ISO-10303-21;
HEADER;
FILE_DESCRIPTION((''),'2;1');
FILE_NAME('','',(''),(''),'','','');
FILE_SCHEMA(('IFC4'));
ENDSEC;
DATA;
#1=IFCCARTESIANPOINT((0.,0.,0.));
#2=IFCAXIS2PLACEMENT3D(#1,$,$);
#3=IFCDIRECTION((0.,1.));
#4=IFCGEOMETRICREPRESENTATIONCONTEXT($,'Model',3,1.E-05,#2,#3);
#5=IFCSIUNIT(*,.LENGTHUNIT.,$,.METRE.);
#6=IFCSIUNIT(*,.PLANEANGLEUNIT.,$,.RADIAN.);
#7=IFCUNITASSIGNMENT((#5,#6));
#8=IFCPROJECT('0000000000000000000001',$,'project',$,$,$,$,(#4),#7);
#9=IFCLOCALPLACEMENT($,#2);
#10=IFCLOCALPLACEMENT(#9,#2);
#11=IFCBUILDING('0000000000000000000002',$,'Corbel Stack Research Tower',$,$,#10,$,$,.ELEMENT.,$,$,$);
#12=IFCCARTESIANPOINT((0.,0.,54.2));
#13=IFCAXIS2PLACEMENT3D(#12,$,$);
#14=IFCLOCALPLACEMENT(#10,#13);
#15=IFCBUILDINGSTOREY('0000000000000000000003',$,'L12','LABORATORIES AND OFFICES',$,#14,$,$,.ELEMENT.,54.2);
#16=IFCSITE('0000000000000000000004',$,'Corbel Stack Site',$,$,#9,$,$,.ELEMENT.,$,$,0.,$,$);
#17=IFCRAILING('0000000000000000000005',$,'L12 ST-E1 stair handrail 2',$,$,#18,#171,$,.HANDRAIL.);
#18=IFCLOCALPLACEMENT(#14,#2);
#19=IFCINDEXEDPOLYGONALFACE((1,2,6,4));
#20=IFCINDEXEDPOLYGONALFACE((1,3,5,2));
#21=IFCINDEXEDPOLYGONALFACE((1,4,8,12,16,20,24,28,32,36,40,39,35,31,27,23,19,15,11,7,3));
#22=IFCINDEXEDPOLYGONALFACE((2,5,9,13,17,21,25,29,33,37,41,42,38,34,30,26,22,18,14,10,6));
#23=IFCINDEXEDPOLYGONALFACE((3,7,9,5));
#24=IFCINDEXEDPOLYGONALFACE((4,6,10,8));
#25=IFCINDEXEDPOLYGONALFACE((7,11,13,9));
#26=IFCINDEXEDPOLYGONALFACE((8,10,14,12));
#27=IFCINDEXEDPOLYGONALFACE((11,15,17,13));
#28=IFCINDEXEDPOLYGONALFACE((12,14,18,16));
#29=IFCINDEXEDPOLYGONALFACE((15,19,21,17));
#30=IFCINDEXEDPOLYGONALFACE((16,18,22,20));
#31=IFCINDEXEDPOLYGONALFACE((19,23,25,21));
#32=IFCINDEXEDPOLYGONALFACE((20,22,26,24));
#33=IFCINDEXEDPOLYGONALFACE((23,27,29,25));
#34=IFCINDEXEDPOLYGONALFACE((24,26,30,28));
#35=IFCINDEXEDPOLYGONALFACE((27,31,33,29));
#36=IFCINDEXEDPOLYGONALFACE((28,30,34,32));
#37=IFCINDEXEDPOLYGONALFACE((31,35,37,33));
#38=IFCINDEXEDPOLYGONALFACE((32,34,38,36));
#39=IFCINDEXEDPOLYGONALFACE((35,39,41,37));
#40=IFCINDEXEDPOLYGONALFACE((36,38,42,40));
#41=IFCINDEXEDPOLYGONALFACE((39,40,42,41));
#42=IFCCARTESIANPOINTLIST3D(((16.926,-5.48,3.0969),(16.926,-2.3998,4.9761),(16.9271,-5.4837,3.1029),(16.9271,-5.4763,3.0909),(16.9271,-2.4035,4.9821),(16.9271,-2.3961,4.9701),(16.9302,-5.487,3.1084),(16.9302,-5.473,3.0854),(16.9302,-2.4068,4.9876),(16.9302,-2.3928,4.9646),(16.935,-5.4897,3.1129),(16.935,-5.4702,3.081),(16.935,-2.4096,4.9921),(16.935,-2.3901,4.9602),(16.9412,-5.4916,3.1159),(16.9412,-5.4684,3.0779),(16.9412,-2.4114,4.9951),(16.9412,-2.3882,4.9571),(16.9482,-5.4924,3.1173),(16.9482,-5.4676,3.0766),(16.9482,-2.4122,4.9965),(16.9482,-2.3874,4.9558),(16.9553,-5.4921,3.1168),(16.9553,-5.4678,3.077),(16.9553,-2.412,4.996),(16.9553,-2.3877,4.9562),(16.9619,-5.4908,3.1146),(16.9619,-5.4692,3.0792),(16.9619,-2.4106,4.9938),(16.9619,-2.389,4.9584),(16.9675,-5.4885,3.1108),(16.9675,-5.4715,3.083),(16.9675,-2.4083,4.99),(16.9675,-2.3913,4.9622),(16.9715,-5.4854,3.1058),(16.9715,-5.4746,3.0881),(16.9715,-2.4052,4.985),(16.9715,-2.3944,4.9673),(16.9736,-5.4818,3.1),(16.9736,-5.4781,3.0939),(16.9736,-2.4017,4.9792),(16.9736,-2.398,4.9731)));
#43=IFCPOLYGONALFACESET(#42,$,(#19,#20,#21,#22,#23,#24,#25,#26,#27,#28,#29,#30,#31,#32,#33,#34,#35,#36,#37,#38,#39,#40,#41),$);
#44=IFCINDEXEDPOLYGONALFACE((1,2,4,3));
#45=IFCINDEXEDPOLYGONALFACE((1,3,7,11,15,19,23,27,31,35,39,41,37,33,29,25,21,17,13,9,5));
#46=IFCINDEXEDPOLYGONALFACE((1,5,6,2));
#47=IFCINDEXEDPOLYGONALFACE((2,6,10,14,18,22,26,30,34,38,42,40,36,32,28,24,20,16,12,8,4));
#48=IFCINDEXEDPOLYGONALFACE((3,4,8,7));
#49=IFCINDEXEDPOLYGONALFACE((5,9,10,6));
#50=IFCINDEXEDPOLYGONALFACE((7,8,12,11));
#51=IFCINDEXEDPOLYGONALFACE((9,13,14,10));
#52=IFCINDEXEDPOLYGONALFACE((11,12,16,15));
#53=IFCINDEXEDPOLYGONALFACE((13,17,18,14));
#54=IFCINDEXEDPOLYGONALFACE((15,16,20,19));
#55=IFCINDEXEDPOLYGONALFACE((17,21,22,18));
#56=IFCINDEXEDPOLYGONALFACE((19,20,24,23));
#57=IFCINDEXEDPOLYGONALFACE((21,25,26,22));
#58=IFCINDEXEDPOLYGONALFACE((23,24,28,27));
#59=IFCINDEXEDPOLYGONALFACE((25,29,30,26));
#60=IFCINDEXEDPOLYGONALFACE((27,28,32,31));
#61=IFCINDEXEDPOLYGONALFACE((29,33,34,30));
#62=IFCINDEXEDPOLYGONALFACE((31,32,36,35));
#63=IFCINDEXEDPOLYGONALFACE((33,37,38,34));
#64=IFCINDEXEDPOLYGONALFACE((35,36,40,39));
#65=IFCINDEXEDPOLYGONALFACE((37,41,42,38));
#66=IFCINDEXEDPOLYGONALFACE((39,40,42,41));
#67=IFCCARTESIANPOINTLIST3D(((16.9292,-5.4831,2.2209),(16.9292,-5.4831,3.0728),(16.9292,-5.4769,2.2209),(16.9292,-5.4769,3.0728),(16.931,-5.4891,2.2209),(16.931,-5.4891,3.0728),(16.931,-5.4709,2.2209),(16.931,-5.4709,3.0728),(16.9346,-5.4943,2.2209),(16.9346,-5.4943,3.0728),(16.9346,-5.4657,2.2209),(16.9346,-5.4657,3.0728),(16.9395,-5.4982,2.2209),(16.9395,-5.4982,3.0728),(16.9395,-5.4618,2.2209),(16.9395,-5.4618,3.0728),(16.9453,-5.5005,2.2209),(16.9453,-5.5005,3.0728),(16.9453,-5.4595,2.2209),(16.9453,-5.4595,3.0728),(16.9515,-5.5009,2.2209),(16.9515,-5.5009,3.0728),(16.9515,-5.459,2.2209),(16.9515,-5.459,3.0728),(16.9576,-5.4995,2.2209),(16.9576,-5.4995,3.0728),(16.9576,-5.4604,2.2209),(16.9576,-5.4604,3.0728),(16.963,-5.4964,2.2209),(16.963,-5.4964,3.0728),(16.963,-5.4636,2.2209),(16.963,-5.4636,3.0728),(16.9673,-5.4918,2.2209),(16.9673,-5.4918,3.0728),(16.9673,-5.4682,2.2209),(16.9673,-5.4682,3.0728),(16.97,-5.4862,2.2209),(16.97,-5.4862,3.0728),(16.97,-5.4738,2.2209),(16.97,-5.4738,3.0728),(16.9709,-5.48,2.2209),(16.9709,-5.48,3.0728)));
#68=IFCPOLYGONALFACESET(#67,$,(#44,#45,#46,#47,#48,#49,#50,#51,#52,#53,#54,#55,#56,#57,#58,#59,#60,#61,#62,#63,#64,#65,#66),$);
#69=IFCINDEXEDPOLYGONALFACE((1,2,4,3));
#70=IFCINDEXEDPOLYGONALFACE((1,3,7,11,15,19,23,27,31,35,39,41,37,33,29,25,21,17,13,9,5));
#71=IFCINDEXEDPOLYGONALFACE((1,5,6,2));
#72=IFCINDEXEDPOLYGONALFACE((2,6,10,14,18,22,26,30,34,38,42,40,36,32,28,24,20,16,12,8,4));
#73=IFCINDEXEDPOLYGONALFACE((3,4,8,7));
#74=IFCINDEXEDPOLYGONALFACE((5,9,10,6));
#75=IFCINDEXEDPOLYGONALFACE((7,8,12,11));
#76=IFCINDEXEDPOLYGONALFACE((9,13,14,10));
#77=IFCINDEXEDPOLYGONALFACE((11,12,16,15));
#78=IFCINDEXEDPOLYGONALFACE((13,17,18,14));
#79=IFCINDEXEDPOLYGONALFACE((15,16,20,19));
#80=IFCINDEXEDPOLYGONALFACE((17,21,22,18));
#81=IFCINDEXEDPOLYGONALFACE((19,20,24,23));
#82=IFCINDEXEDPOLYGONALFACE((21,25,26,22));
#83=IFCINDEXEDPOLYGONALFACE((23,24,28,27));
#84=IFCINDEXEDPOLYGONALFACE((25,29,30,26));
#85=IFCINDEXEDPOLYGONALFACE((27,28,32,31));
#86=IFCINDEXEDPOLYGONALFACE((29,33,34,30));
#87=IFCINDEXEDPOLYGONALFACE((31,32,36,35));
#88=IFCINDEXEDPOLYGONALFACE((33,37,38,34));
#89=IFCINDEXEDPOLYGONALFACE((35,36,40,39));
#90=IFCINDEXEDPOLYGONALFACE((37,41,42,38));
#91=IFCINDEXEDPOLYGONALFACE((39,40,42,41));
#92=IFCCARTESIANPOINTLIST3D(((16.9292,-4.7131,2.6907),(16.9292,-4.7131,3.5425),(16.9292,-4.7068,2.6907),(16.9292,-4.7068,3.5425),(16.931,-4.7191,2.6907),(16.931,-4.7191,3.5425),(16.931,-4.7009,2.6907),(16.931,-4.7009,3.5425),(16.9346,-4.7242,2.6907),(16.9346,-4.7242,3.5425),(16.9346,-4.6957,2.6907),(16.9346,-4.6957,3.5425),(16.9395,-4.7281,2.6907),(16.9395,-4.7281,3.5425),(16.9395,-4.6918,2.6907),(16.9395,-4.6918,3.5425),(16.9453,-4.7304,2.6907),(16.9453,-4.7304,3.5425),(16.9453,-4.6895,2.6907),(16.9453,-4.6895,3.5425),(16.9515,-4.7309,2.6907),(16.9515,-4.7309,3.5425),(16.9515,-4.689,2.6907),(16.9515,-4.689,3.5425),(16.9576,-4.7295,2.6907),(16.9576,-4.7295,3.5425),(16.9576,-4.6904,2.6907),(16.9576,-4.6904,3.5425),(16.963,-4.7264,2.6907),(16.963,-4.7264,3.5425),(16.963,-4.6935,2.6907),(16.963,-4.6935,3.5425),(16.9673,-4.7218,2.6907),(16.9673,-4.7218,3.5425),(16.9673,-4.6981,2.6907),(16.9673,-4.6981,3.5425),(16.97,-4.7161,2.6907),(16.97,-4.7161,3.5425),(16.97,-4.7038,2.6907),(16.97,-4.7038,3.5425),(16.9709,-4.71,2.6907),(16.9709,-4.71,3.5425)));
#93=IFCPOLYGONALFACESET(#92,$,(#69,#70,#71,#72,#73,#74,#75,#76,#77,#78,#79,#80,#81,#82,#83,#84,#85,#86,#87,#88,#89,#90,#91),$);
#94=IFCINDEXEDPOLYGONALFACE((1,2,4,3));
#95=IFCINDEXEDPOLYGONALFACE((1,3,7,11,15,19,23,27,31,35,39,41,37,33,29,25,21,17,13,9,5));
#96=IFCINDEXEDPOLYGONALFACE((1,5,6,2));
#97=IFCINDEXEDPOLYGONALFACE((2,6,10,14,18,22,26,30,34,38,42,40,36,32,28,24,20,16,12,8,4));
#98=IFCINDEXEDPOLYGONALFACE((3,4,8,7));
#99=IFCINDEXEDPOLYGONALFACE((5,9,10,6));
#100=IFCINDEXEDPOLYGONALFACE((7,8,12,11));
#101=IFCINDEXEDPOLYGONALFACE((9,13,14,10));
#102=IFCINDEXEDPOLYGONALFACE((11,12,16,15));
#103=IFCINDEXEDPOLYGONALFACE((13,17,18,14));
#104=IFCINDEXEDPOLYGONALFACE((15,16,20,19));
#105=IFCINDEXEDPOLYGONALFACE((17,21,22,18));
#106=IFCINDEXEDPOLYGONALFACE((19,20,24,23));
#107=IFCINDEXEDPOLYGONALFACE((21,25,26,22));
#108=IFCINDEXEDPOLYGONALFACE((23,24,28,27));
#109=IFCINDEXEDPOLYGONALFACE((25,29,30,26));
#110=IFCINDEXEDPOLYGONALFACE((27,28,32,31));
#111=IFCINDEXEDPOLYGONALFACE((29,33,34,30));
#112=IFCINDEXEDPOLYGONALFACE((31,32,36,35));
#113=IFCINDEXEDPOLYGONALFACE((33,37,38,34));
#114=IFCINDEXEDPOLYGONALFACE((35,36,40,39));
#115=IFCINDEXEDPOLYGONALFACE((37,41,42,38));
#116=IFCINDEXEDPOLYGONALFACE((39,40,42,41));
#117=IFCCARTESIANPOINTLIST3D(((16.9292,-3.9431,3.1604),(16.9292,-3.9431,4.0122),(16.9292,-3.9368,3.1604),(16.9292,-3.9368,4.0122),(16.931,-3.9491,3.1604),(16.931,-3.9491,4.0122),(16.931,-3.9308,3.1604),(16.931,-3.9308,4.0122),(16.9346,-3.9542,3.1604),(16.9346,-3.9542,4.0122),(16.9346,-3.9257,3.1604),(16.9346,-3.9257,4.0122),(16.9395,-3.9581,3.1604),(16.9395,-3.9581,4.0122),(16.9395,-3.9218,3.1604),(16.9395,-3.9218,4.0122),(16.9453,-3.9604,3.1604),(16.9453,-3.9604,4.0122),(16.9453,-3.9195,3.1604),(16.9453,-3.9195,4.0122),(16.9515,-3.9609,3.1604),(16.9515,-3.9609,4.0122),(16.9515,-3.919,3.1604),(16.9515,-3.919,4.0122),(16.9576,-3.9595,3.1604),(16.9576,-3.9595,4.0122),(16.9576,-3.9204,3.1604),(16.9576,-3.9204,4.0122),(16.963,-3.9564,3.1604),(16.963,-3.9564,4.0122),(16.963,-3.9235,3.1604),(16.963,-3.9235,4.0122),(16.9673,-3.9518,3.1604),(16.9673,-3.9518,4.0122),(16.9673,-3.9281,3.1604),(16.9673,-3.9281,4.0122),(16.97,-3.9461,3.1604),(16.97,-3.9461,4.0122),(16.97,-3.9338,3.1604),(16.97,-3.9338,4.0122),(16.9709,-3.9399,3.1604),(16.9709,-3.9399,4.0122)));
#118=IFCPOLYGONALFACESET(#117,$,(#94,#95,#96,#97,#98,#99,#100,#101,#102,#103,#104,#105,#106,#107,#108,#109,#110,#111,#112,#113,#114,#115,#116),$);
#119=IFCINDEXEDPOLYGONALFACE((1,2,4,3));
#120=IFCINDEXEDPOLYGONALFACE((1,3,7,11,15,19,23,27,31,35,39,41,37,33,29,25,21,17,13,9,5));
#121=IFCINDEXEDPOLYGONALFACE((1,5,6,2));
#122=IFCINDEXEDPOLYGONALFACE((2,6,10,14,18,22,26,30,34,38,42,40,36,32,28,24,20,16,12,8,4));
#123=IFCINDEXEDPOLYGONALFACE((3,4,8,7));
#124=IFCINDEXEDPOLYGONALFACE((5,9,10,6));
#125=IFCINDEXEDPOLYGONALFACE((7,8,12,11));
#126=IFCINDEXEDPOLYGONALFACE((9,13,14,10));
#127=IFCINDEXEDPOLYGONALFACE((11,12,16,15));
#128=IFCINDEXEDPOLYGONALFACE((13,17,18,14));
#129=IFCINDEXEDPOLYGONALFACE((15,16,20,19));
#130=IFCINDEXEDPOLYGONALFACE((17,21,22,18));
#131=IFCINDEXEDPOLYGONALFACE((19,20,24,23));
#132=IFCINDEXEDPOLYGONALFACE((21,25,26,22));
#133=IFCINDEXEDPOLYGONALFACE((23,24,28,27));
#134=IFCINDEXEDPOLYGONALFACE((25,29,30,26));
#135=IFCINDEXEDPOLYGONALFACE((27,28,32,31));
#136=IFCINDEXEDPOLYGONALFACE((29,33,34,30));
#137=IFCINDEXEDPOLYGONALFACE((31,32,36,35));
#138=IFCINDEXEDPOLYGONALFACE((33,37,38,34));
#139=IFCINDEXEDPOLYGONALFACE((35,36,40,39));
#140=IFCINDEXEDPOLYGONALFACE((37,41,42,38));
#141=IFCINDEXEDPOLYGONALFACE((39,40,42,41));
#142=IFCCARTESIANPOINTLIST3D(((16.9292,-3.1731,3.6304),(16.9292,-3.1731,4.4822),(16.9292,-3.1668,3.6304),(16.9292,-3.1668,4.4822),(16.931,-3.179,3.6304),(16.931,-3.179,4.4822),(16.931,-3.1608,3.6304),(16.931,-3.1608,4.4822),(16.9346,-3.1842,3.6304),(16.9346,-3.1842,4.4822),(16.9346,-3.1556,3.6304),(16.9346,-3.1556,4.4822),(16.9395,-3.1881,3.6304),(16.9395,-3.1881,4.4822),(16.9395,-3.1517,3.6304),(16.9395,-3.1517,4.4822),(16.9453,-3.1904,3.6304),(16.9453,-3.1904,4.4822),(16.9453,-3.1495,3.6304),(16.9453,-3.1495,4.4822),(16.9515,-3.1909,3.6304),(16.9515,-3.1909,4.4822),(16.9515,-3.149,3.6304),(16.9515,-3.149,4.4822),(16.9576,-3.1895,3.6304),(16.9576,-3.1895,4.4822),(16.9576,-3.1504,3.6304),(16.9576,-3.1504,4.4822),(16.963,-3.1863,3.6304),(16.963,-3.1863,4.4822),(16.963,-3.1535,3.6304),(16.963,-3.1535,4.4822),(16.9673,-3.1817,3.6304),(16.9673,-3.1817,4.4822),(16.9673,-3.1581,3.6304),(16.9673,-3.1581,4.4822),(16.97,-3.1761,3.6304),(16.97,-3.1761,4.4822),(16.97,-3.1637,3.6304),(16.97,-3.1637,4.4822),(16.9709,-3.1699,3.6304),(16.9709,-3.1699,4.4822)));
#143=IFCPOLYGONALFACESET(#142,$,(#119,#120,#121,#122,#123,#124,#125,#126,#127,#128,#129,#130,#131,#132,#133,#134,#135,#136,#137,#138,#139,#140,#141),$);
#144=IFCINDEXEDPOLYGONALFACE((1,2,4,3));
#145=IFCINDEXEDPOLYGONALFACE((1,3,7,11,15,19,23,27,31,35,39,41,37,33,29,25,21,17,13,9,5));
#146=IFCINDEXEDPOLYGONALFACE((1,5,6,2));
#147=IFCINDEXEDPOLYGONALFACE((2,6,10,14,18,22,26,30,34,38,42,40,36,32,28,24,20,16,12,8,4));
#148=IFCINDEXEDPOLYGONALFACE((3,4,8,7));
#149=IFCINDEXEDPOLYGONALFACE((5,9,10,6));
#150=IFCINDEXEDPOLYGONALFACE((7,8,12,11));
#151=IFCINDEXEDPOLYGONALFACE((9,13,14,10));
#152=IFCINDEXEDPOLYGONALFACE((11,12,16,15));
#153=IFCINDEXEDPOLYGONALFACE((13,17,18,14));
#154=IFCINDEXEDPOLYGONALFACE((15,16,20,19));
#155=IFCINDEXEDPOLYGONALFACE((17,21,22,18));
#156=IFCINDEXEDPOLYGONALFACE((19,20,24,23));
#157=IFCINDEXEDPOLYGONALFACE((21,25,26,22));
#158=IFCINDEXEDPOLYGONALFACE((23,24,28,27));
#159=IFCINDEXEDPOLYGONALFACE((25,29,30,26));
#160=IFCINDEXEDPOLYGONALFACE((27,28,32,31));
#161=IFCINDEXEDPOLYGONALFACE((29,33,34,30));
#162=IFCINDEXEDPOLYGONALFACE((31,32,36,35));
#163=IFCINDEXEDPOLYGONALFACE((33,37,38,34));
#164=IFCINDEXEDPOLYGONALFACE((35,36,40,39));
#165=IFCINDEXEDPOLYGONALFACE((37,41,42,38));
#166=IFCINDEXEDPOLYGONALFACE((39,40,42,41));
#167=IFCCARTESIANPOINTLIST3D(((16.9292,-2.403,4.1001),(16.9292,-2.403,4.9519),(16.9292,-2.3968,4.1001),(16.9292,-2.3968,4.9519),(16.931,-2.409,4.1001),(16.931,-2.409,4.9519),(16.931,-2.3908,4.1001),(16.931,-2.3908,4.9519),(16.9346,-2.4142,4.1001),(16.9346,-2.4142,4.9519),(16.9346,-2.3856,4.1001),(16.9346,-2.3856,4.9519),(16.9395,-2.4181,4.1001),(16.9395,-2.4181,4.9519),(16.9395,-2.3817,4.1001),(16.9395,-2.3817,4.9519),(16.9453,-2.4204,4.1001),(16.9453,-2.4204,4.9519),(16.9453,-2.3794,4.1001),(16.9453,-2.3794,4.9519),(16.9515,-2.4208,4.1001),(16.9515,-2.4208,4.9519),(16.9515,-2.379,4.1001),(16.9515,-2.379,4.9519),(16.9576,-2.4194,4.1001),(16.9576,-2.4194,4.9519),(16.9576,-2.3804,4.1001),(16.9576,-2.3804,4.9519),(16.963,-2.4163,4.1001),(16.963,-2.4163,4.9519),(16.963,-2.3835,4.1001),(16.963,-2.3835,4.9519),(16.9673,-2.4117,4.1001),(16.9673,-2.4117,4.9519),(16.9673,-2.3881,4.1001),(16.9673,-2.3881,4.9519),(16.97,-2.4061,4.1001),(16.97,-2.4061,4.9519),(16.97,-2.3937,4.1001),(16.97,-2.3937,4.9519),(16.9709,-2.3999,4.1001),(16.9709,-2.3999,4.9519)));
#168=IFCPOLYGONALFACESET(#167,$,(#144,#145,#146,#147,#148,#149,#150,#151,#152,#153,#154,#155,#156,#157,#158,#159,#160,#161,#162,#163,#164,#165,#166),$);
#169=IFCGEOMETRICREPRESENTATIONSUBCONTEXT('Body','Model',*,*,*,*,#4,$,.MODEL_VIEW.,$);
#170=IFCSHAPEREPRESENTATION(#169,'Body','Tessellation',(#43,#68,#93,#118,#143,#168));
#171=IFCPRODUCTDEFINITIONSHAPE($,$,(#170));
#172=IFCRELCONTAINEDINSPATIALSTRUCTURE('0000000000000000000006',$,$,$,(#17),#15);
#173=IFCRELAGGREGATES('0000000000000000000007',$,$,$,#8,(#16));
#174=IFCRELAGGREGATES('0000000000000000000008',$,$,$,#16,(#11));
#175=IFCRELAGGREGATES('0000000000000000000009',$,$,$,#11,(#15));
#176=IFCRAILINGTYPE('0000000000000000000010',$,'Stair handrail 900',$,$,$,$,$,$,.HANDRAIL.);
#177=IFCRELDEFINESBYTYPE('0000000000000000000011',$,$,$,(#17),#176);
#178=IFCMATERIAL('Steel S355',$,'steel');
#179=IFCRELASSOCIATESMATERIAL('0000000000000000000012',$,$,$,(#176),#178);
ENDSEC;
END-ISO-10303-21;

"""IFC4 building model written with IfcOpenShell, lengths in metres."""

from ifc_helpers import new_model, si_unit, direction, frame, origin, origin_2d, place, context, subcontext, project, spatial, circle, extrude, material, type_object, element, save


model = new_model("IFC4")

# Units and contexts
model_context = context("Model", 3, precision=1e-05, world=origin(), true_north=direction((0.0, 1.0)))
body_context = subcontext(model_context, "Body", "Model", "MODEL_VIEW")
ifc_project = project(units=[si_unit("LENGTHUNIT", "METRE"), si_unit("PLANEANGLEUNIT", "RADIAN")], contexts=[model_context])

# Site, building, storey
site_placement = place(None, origin())
site = spatial("IfcSite", under=ifc_project, at=site_placement, Name="Corbel Stack Site", CompositionType="ELEMENT", RefElevation=0.0)
building_placement = place(site_placement, origin())
building = spatial("IfcBuilding", under=site, at=building_placement, Name="Corbel Stack Research Tower", CompositionType="ELEMENT")
storey_placement = place(building_placement, frame((0.0, 0.0, 54.2)))
storey = spatial("IfcBuildingStorey", under=building, at=storey_placement, Name="L12", Description="LABORATORIES AND OFFICES", CompositionType="ELEMENT", Elevation=54.2)

# Railing
ifc_material_1 = material(Name="Steel S355", Category="steel")
railing_type_1 = type_object("IfcRailingType", Name="Stair handrail 900", PredefinedType="HANDRAIL", material=ifc_material_1)
railing_1_placement = place(storey_placement, frame((16.95, -5.48, 2.2209)))
element("IfcRailing", 1, at=railing_1_placement, inside=storey, type_object=railing_type_1, Name="L12 ST-E1 stair handrail 2", PredefinedType="HANDRAIL", context=body_context, shape_type="SweptSolid", body=[
    extrude(circle(Radius=0.0239, at=origin_2d()), frame((0.0, 0.0, 0.876), z_axis=(0.0, 0.853666, 0.52082), x_axis=(-1.0, 0.0, 0.0)), (0.0, 0.0, 1.0), 3.6082),
    extrude(circle(Radius=0.021, at=origin_2d()), origin(), (0.0, 0.0, 1.0), 0.8518),
    extrude(circle(Radius=0.021, at=origin_2d()), frame((0.0, 0.77, 0.4697)), (0.0, 0.0, 1.0), 0.8518),
    extrude(circle(Radius=0.021, at=origin_2d()), frame((0.0, 1.54, 0.9395)), (0.0, 0.0, 1.0), 0.8518),
    extrude(circle(Radius=0.021, at=origin_2d()), frame((0.0, 2.3101, 1.4094)), (0.0, 0.0, 1.0), 0.8518),
    extrude(circle(Radius=0.021, at=origin_2d()), frame((0.0, 3.0801, 1.8792)), (0.0, 0.0, 1.0), 0.8518),
])

save(model, "model.ifc")
